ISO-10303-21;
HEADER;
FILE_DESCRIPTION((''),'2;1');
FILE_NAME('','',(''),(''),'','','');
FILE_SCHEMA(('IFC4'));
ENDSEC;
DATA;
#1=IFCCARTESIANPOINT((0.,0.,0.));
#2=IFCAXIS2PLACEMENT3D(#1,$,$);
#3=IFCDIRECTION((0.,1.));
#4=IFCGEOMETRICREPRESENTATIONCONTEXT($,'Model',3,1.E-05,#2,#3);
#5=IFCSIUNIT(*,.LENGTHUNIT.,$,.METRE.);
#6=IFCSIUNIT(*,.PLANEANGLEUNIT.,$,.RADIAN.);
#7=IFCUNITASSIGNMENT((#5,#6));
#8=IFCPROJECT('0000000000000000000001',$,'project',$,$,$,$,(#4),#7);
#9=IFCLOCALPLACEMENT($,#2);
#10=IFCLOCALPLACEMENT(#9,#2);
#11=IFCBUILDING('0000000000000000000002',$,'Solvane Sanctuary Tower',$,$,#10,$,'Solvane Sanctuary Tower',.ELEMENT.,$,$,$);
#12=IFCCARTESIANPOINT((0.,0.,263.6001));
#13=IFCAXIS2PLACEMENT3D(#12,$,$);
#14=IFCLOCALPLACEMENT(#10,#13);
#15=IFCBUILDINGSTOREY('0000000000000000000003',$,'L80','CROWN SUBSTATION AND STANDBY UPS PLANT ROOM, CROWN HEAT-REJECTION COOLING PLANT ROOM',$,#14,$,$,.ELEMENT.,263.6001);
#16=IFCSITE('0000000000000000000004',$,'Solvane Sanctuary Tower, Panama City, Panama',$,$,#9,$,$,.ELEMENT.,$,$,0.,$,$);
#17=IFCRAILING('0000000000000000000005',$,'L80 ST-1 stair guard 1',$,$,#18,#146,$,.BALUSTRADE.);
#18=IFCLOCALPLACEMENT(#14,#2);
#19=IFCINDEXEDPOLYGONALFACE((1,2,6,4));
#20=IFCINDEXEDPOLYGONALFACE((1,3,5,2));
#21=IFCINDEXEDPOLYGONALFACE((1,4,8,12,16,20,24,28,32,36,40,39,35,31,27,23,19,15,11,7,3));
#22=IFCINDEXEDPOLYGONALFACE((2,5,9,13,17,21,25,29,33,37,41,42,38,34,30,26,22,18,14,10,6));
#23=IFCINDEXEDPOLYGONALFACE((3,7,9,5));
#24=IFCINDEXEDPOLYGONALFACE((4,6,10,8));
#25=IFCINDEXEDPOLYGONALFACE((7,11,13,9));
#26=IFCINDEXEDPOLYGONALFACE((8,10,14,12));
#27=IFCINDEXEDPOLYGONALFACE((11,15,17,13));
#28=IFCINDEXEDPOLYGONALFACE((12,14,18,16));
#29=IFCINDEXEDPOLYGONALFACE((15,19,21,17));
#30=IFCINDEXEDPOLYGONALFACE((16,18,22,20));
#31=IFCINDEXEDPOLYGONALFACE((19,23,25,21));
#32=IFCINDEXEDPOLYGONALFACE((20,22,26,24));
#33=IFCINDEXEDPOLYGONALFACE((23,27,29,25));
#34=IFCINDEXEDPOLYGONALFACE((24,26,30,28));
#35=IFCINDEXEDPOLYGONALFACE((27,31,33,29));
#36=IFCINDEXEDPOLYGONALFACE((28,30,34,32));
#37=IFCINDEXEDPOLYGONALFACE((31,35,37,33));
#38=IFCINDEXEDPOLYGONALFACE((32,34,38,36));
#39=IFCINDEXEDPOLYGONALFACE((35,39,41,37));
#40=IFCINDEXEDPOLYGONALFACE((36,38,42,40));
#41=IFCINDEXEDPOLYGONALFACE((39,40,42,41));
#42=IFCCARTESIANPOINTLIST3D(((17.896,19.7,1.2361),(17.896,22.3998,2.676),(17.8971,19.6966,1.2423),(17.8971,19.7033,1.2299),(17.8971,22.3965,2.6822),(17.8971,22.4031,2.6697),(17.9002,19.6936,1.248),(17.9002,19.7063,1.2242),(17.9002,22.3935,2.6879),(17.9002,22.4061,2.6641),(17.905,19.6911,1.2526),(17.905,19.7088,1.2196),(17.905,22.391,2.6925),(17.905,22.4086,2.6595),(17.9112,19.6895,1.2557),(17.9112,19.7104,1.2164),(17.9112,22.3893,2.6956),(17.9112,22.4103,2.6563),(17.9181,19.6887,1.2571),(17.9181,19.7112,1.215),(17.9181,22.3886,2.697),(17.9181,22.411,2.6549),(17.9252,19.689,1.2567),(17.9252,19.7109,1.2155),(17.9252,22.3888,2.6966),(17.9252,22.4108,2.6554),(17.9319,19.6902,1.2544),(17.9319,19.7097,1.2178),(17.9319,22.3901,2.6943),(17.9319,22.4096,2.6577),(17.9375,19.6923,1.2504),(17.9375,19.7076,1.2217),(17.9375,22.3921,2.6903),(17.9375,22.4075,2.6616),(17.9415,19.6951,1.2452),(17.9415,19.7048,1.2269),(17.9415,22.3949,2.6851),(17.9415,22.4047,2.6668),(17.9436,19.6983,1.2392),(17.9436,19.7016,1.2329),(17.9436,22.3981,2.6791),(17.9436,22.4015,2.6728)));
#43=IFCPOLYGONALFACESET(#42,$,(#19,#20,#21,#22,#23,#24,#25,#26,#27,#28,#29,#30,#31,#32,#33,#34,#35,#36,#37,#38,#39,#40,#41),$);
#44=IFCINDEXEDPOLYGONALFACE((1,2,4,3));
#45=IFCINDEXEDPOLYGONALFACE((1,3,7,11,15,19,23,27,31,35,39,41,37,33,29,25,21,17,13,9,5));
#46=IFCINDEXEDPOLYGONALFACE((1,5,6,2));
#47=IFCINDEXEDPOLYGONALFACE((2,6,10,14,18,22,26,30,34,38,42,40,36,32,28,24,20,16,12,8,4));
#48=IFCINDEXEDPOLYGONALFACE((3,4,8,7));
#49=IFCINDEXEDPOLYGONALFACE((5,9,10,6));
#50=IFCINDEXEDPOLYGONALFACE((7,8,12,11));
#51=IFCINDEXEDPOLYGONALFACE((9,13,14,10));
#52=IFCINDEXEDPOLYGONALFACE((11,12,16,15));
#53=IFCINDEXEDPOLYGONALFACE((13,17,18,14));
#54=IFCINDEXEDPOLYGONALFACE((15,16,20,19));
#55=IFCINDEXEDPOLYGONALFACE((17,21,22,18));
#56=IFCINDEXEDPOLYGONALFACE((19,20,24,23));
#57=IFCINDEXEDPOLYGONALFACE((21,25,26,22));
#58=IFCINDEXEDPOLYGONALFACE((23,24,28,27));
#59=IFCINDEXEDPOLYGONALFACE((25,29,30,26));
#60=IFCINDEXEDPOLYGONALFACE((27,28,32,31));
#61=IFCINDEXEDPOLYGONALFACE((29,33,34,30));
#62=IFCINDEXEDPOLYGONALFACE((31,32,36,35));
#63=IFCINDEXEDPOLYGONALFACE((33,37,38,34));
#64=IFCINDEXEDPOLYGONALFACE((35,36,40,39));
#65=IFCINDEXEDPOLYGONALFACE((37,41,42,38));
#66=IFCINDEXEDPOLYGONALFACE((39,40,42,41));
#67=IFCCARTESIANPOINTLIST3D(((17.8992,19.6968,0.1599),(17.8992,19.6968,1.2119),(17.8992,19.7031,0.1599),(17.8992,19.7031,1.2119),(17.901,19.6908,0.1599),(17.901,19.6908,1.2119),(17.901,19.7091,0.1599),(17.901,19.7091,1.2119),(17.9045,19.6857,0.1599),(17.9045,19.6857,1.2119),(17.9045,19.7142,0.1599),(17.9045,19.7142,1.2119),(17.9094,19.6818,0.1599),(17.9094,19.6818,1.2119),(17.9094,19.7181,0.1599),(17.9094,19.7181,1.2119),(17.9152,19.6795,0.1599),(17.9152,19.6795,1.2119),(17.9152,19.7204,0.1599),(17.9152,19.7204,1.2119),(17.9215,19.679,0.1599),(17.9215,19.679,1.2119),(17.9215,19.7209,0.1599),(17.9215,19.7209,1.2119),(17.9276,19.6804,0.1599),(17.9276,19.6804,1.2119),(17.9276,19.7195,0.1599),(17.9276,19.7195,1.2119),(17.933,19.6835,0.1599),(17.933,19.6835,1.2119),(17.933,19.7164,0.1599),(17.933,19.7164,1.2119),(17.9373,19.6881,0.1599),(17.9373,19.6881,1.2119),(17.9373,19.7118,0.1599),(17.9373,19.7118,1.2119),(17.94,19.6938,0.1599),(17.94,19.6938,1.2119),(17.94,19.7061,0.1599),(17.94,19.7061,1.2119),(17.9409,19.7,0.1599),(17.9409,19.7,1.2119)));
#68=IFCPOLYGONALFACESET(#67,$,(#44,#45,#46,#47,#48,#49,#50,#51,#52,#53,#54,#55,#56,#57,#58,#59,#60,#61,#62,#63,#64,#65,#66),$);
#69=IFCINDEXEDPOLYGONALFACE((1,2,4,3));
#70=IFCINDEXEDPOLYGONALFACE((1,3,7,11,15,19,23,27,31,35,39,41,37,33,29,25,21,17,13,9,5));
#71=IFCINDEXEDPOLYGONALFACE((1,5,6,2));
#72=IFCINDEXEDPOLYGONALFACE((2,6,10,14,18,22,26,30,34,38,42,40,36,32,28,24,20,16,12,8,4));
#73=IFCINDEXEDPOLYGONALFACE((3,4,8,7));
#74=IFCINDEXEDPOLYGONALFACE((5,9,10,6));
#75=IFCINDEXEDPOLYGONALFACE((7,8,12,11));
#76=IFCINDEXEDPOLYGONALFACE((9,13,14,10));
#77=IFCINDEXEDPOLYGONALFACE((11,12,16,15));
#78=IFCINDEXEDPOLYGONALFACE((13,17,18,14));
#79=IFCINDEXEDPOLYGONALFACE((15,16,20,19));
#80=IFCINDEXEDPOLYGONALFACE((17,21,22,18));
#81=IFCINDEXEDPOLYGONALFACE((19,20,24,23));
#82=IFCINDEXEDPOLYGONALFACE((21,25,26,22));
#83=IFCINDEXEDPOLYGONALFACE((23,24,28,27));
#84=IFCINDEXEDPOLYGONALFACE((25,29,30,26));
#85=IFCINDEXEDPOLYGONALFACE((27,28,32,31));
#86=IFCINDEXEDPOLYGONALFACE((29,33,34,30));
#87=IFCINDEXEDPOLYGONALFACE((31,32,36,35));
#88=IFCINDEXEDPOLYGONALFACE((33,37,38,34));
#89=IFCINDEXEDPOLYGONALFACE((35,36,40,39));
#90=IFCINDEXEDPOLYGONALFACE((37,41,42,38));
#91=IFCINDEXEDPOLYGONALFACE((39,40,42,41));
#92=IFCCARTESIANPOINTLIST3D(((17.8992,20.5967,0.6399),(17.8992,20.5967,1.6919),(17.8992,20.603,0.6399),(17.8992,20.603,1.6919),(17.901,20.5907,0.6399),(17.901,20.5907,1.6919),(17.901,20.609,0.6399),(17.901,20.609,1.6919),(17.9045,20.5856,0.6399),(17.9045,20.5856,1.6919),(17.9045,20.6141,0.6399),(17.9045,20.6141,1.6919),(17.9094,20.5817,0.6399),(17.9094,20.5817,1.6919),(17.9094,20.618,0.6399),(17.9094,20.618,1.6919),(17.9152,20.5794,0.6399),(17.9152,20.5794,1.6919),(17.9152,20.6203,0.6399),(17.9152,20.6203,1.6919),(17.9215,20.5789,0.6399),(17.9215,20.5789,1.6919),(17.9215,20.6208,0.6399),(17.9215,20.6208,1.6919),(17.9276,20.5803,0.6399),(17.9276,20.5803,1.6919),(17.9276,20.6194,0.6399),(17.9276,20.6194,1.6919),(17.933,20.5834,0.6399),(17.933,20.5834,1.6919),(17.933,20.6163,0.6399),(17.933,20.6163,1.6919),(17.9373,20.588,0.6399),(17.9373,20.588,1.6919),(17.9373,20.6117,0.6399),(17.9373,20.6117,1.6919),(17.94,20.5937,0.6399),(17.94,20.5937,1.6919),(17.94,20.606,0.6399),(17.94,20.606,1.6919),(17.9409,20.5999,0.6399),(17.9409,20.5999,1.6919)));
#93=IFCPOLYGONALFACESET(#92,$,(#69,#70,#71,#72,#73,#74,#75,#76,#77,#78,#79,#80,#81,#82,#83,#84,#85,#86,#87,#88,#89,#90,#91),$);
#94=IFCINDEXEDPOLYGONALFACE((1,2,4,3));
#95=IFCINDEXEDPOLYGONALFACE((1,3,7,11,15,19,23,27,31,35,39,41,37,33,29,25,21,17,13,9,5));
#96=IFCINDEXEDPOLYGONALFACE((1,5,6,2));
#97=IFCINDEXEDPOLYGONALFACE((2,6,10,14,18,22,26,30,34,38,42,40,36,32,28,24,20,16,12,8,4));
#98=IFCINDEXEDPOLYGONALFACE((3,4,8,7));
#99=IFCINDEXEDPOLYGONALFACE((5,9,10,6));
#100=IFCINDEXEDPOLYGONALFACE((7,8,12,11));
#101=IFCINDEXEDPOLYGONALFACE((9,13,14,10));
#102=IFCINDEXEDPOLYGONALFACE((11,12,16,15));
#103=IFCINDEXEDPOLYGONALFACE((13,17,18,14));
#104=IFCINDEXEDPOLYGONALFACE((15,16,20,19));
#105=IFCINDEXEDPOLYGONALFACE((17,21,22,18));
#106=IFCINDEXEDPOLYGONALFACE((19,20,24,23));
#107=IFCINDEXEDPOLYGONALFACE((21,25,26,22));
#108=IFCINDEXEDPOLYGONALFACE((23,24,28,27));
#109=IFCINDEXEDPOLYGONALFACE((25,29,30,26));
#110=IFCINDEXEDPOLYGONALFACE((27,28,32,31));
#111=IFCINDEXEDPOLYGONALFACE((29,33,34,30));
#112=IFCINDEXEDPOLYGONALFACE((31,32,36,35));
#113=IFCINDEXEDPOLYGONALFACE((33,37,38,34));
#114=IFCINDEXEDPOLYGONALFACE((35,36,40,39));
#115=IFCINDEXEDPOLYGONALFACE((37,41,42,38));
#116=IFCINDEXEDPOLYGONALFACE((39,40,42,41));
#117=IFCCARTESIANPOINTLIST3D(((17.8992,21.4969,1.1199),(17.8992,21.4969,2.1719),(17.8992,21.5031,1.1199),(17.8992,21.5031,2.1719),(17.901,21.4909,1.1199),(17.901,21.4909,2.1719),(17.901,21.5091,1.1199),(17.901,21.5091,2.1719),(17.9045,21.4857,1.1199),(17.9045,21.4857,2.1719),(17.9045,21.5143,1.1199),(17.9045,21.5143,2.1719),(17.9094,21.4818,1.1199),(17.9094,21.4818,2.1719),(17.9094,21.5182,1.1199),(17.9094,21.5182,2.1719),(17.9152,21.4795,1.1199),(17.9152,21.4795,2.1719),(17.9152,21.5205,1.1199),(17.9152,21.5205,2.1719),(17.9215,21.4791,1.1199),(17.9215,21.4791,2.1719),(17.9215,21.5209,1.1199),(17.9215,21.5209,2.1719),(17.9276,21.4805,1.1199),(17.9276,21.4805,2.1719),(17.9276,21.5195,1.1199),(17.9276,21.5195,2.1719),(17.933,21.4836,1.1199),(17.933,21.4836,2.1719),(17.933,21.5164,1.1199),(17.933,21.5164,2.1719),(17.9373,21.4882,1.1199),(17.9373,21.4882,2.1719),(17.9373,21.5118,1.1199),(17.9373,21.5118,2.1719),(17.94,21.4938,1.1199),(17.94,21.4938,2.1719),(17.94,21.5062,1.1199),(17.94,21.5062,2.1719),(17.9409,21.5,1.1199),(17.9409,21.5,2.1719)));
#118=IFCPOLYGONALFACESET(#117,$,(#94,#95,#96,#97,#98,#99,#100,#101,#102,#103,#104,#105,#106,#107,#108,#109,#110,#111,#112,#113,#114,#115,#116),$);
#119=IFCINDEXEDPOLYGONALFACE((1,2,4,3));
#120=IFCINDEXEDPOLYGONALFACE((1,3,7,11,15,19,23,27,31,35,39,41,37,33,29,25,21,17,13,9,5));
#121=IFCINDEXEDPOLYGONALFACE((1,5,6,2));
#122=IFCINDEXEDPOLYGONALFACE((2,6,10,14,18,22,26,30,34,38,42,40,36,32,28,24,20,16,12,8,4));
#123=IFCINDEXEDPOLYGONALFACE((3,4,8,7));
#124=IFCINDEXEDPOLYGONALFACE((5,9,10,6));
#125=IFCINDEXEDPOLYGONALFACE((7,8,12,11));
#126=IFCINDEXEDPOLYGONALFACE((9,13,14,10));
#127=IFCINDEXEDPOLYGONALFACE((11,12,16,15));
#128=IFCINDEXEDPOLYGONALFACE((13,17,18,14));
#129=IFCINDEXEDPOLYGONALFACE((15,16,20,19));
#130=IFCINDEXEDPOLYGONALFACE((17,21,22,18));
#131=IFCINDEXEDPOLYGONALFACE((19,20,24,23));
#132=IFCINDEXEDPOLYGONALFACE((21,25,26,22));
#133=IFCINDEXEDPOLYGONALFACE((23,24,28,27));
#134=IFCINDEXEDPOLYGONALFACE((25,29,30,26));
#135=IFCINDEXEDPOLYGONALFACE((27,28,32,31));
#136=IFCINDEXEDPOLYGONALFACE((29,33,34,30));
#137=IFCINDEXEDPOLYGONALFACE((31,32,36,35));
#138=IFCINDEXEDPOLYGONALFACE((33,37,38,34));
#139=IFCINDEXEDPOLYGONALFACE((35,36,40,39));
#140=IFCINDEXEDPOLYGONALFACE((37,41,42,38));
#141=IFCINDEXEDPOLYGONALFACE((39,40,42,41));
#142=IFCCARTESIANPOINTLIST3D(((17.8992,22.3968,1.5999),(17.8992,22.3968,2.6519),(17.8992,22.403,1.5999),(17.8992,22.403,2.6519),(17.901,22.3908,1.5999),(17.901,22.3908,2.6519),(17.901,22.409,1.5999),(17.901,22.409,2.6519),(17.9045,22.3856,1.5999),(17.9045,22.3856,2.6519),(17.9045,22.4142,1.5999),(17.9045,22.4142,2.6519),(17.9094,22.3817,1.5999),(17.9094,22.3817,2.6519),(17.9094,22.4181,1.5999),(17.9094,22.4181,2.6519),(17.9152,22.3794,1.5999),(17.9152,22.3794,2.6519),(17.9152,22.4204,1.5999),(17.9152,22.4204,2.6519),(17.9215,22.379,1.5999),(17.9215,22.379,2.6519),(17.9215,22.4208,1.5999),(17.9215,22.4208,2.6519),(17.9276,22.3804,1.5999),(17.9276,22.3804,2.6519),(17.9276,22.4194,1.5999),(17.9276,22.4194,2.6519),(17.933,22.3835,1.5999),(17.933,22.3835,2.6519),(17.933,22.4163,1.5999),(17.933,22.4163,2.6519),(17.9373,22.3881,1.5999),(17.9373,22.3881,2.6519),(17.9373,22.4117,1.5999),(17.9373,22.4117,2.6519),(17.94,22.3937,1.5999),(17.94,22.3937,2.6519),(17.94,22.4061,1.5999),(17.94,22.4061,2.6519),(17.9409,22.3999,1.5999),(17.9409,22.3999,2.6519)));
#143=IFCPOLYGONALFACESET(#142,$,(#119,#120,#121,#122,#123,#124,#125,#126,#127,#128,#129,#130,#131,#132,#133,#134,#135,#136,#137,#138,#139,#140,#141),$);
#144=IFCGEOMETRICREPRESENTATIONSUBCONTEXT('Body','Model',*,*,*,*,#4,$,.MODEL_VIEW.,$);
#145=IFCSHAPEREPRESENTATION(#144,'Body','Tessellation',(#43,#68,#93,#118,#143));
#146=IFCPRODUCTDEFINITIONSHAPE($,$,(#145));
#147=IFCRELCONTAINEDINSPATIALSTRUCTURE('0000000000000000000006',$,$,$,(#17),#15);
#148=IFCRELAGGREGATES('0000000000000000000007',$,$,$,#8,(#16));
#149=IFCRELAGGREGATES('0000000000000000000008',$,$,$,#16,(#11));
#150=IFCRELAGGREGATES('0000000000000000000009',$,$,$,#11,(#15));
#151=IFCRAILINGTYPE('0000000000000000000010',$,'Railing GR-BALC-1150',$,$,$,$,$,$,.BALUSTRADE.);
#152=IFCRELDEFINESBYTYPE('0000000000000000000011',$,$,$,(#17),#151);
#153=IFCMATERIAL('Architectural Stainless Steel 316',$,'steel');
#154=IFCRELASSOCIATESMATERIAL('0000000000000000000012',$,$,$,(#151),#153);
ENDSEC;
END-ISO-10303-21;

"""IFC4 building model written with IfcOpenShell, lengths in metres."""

from ifc_helpers import new_model, si_unit, direction, frame, origin, origin_2d, place, context, subcontext, project, spatial, circle, extrude, material, type_object, element, save


model = new_model("IFC4")

# Units and contexts
model_context = context("Model", 3, precision=1e-05, world=origin(), true_north=direction((0.0, 1.0)))
body_context = subcontext(model_context, "Body", "Model", "MODEL_VIEW")
ifc_project = project(units=[si_unit("LENGTHUNIT", "METRE"), si_unit("PLANEANGLEUNIT", "RADIAN")], contexts=[model_context])

# Site, building, storey
site_placement = place(None, origin())
site = spatial("IfcSite", under=ifc_project, at=site_placement, Name="Solvane Sanctuary Tower, Panama City, Panama", CompositionType="ELEMENT", RefElevation=0.0)
building_placement = place(site_placement, origin())
building = spatial("IfcBuilding", under=site, at=building_placement, Name="Solvane Sanctuary Tower", LongName="Solvane Sanctuary Tower", CompositionType="ELEMENT")
storey_placement = place(building_placement, frame((0.0, 0.0, 263.6001)))
storey = spatial("IfcBuildingStorey", under=building, at=storey_placement, Name="L80", Description="CROWN SUBSTATION AND STANDBY UPS PLANT ROOM, CROWN HEAT-REJECTION COOLING PLANT ROOM", CompositionType="ELEMENT", Elevation=263.6001)

# Shared definitions
ifc_material_1 = material(Name="Architectural Stainless Steel 316", Category="steel")

# Railing
railing_type_1 = type_object("IfcRailingType", Name="Railing GR-BALC-1150", PredefinedType="BALUSTRADE", material=ifc_material_1)
railing_1_placement = place(storey_placement, frame((17.9199, 19.7, 0.1599)))
element("IfcRailing", 1, at=railing_1_placement, inside=storey, type_object=railing_type_1, Name="L80 ST-1 stair guard 1", PredefinedType="BALUSTRADE", context=body_context, shape_type="SweptSolid", body=[
    extrude(circle(Radius=0.0239, at=origin_2d()), frame((0.0, 0.0, 1.0762), z_axis=(0.0, 0.882357, 0.47058), x_axis=(-1.0, 0.0, 0.0)), (0.0, 0.0, 1.0), 3.0598),
    extrude(circle(Radius=0.021, at=origin_2d()), origin(), (0.0, 0.0, 1.0), 1.052),
    extrude(circle(Radius=0.021, at=origin_2d()), frame((0.0, 0.8999, 0.48)), (0.0, 0.0, 1.0), 1.052),
    extrude(circle(Radius=0.021, at=origin_2d()), frame((0.0, 1.8, 0.96)), (0.0, 0.0, 1.0), 1.052),
    extrude(circle(Radius=0.021, at=origin_2d()), frame((0.0, 2.7, 1.4399)), (0.0, 0.0, 1.0), 1.052),
])

save(model, "model.ifc")
